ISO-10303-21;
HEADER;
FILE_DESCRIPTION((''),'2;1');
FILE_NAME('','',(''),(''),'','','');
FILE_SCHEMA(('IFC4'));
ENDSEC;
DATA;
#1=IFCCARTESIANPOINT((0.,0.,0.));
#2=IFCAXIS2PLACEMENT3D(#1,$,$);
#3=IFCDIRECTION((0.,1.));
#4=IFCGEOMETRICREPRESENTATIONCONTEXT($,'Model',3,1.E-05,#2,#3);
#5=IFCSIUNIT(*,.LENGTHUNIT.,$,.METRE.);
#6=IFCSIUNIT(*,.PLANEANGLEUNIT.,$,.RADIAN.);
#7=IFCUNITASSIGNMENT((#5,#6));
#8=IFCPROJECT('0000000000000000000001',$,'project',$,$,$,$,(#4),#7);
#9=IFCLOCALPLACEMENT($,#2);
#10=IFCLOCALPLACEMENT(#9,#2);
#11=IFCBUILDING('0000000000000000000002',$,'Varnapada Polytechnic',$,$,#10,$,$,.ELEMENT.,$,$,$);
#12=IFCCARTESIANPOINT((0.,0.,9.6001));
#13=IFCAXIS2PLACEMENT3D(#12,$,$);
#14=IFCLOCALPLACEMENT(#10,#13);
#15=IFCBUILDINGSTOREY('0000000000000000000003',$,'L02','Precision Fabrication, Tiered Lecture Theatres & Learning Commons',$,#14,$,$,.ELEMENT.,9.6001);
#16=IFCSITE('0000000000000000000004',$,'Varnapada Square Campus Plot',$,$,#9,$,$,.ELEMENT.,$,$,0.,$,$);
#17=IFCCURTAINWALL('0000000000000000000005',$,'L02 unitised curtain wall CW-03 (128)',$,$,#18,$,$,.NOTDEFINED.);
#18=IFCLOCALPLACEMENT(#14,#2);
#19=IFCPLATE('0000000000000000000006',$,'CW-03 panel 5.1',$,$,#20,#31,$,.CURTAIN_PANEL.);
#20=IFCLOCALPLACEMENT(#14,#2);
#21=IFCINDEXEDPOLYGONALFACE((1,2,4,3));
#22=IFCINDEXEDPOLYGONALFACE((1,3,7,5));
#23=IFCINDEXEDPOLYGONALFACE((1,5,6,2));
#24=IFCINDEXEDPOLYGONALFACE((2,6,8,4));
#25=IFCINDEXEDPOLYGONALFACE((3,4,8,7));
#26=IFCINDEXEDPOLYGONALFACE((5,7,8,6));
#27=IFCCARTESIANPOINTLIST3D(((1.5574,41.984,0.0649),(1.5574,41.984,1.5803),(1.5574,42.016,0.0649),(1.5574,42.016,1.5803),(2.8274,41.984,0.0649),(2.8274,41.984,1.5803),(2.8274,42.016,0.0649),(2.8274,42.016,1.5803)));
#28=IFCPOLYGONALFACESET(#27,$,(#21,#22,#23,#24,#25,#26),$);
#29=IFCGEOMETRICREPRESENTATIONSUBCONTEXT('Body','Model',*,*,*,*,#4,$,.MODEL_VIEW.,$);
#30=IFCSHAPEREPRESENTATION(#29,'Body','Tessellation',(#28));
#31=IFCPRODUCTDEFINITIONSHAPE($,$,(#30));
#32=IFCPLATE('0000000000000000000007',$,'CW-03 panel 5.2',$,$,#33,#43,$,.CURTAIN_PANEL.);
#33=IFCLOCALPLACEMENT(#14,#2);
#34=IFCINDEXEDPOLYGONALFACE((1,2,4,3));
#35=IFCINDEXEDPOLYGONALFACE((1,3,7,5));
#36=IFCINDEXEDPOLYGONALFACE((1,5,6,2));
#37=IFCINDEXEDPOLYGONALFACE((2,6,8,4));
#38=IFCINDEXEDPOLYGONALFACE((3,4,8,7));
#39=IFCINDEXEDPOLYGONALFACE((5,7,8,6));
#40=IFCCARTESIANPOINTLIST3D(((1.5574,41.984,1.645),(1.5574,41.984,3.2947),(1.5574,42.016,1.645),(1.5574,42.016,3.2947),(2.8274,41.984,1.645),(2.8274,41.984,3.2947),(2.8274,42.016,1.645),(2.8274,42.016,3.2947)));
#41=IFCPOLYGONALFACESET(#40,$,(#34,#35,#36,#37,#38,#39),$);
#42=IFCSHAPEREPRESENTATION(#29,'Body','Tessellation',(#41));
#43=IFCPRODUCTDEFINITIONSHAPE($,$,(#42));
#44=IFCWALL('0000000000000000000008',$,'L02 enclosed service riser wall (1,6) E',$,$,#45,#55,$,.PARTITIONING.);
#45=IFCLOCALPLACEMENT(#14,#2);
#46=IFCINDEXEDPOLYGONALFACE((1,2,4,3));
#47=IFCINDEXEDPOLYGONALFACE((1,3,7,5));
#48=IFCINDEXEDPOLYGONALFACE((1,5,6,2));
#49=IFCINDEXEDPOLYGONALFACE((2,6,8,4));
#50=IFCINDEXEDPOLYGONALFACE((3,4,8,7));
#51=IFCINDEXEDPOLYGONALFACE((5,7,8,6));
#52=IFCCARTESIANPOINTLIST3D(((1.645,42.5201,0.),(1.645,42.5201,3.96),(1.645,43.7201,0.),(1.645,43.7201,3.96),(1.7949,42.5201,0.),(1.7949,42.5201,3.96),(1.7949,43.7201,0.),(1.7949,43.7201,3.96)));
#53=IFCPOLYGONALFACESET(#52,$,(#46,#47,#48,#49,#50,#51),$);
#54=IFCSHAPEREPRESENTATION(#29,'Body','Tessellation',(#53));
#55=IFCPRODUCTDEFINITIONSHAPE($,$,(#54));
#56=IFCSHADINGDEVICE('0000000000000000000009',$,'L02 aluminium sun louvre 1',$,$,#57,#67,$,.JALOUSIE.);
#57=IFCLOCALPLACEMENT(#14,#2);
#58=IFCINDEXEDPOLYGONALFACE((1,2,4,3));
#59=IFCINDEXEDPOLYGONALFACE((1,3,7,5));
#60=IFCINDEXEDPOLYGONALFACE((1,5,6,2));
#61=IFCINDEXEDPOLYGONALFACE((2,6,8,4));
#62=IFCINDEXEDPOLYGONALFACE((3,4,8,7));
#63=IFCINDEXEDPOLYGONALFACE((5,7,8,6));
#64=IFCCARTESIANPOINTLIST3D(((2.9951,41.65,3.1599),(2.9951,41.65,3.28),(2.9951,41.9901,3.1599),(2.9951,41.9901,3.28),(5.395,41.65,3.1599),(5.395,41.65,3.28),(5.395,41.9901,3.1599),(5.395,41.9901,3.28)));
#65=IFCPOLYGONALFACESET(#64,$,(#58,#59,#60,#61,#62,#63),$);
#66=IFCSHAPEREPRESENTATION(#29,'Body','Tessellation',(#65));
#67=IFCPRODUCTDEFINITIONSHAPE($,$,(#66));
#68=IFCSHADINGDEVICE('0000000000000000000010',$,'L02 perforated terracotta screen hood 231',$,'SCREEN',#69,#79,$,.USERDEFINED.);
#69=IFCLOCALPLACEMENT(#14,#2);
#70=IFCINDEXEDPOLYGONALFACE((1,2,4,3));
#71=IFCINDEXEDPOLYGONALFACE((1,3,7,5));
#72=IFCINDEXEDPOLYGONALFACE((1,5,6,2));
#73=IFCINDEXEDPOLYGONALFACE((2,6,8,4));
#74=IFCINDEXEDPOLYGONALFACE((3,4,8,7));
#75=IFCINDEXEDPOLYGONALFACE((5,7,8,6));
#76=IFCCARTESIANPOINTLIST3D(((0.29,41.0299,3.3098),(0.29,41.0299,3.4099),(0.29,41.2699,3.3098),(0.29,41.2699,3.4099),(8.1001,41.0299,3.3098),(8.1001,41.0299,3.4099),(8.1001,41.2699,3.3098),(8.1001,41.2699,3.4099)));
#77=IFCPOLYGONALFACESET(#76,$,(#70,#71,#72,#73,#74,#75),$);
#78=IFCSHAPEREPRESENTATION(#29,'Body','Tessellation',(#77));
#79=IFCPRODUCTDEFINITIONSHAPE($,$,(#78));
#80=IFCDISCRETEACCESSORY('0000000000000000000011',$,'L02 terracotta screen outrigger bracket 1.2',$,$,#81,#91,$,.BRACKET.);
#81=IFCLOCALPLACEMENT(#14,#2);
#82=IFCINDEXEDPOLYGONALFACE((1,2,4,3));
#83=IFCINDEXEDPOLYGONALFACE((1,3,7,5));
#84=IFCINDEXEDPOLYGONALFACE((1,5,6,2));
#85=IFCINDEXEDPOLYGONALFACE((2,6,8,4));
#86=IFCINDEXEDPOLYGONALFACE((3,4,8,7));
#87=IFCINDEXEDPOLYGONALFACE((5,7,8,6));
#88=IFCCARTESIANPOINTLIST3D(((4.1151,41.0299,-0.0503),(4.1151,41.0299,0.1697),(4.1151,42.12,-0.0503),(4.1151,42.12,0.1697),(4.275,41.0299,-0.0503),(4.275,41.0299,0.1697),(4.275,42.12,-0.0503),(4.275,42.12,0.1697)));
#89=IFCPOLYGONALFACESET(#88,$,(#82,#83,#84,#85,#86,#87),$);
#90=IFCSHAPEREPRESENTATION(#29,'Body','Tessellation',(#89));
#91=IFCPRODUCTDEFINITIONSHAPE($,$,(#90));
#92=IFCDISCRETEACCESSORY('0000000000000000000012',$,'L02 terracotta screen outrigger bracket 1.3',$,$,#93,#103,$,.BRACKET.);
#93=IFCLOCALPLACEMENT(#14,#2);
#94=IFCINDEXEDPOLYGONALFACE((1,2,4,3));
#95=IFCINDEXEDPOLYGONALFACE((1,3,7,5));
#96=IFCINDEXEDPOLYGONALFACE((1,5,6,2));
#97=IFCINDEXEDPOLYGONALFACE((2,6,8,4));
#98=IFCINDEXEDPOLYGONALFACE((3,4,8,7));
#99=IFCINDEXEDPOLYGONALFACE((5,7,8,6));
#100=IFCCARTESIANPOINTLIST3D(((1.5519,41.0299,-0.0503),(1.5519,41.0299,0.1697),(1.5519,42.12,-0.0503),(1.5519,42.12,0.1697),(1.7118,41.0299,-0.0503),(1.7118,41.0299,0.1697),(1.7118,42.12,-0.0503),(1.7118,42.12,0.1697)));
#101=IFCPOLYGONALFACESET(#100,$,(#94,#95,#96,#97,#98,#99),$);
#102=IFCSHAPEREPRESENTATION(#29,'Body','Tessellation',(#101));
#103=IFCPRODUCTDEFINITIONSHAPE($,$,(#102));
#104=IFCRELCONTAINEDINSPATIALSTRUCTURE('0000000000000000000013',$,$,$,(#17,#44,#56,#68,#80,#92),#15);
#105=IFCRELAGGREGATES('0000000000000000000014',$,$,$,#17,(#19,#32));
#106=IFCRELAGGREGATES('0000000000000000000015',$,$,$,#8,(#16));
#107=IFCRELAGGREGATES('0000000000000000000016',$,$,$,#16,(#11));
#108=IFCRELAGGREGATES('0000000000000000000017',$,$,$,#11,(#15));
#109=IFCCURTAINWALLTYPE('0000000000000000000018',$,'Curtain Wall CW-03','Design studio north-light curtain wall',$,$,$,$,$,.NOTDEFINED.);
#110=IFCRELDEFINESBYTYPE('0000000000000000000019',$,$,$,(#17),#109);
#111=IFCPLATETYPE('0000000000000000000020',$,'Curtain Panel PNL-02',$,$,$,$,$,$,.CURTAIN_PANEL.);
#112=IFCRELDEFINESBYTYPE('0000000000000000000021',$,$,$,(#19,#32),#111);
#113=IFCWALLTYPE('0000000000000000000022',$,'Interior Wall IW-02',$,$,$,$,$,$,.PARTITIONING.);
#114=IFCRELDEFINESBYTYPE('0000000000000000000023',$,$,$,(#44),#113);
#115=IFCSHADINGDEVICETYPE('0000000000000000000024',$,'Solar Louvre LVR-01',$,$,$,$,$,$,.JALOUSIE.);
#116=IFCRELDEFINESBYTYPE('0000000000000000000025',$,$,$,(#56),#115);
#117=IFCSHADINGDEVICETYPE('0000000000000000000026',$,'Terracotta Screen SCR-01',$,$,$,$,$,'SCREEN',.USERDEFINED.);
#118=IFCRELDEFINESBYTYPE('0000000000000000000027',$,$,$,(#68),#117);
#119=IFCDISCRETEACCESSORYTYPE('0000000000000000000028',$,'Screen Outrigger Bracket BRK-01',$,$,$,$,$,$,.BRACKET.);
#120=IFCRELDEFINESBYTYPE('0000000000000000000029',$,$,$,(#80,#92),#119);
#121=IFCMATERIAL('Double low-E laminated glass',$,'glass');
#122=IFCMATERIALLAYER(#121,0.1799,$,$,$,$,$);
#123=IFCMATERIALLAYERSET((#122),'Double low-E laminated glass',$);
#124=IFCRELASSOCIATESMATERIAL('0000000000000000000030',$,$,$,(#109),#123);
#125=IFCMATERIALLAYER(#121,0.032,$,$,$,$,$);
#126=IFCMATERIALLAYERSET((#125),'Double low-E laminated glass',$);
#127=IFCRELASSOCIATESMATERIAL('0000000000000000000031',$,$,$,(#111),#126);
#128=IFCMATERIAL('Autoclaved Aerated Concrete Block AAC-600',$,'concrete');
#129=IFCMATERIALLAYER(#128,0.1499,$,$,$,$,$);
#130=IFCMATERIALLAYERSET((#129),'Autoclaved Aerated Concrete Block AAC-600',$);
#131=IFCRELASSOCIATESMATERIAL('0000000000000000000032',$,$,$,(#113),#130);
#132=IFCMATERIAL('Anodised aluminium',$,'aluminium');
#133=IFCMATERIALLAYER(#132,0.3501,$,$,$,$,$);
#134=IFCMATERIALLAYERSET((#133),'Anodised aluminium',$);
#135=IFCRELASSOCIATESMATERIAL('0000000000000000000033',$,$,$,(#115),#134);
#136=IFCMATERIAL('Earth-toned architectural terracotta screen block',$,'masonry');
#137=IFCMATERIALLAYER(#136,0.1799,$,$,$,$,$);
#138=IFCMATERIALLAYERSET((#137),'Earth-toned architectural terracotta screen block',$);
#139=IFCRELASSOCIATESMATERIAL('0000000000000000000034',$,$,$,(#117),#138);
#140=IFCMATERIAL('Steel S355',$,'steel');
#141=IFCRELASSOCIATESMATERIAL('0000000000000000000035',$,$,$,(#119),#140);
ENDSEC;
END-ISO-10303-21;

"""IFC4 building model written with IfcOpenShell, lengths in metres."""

from ifc_helpers import new_model, si_unit, direction, frame, frame_2d, origin, origin_2d, place, context, subcontext, project, spatial, rectangle, extrude, material, layer, layer_set, type_object, element, aggregate, save


model = new_model("IFC4")

# Units and contexts
model_context = context("Model", 3, precision=1e-05, world=origin(), true_north=direction((0.0, 1.0)))
body_context = subcontext(model_context, "Body", "Model", "MODEL_VIEW")
ifc_project = project(units=[si_unit("LENGTHUNIT", "METRE"), si_unit("PLANEANGLEUNIT", "RADIAN")], contexts=[model_context])

# Site, building, storey
site_placement = place(None, origin())
site = spatial("IfcSite", under=ifc_project, at=site_placement, Name="Varnapada Square Campus Plot", CompositionType="ELEMENT", RefElevation=0.0)
building_placement = place(site_placement, origin())
building = spatial("IfcBuilding", under=site, at=building_placement, Name="Varnapada Polytechnic", CompositionType="ELEMENT")
storey_placement = place(building_placement, frame((0.0, 0.0, 9.6001)))
storey = spatial("IfcBuildingStorey", under=building, at=storey_placement, Name="L02", Description="Precision Fabrication, Tiered Lecture Theatres & Learning Commons", CompositionType="ELEMENT", Elevation=9.6001)

# Curtain wall, plates
ifc_material_1 = material(Name="Double low-E laminated glass", Category="glass")
ifc_layer_1 = layer(ifc_material_1, 0.1799)
ifc_layer_set_1 = layer_set([ifc_layer_1], Name="Double low-E laminated glass")
curtain_wall_type = type_object("IfcCurtainWallType", Name="Curtain Wall CW-03", Description="Design studio north-light curtain wall", PredefinedType="NOTDEFINED", material=ifc_layer_set_1)
curtain_wall_placement = place(storey_placement, origin())
curtain_wall = element("IfcCurtainWall", 1, at=curtain_wall_placement, inside=storey, type_object=curtain_wall_type, Name="L02 unitised curtain wall CW-03 (128)", PredefinedType="NOTDEFINED")
ifc_material_2 = material(Name="Anodised aluminium", Category="aluminium")
ifc_layer_2 = layer(ifc_material_1, 0.032)
ifc_layer_set_2 = layer_set([ifc_layer_2], Name="Double low-E laminated glass")
plate_type = type_object("IfcPlateType", Name="Curtain Panel PNL-02", PredefinedType="CURTAIN_PANEL", material=ifc_layer_set_2)
plate_1_placement = place(storey_placement, frame((2.1924, 42.0, 0.0649), z_axis=(0.0, 0.0, 1.0), x_axis=(-1.0, 0.0, 0.0)))
plate_1 = element("IfcPlate", 2, at=plate_1_placement, type_object=plate_type, Name="CW-03 panel 5.1", PredefinedType="CURTAIN_PANEL", context=body_context, shape_type="SweptSolid", body=[
    extrude(rectangle(XDim=1.27, YDim=0.032, at=origin_2d()), origin(), (0.0, 0.0, 1.0), 1.5154),
])
plate_2_placement = place(storey_placement, frame((2.1924, 42.0, 1.645), z_axis=(0.0, 0.0, 1.0), x_axis=(-1.0, 0.0, 0.0)))
plate_2 = element("IfcPlate", 3, at=plate_2_placement, type_object=plate_type, Name="CW-03 panel 5.2", PredefinedType="CURTAIN_PANEL", context=body_context, shape_type="SweptSolid", body=[
    extrude(rectangle(XDim=1.27, YDim=0.032, at=origin_2d()), origin(), (0.0, 0.0, 1.0), 1.6497),
])
aggregate(curtain_wall, [plate_1, plate_2])

# Wall
ifc_material_3 = material(Name="Autoclaved Aerated Concrete Block AAC-600", Category="concrete")
ifc_layer_3 = layer(ifc_material_3, 0.1499)
ifc_layer_set_3 = layer_set([ifc_layer_3], Name="Autoclaved Aerated Concrete Block AAC-600")
wall_type = type_object("IfcWallType", Name="Interior Wall IW-02", PredefinedType="PARTITIONING", material=ifc_layer_set_3)
wall_placement = place(storey_placement, frame((1.72, 42.52, 0.0), z_axis=(0.0, 0.0, 1.0), x_axis=(0.0, 1.0, 0.0)))
element("IfcWall", 4, at=wall_placement, inside=storey, type_object=wall_type, Name="L02 enclosed service riser wall (1,6) E", PredefinedType="PARTITIONING", context=body_context, shape_type="SweptSolid", body=[
    extrude(rectangle(XDim=1.2, YDim=0.1499, at=frame_2d((0.6001, 0.0))), origin(), (0.0, 0.0, 1.0), 3.96),
])

# Shading devices
ifc_layer_4 = layer(ifc_material_2, 0.3501)
ifc_layer_set_4 = layer_set([ifc_layer_4], Name="Anodised aluminium")
shading_device_type_1 = type_object("IfcShadingDeviceType", Name="Solar Louvre LVR-01", PredefinedType="JALOUSIE", material=ifc_layer_set_4)
shading_device_1_placement = place(storey_placement, frame((4.1951, 41.8201, 3.1599), z_axis=(0.0, 0.0, 1.0), x_axis=(-1.0, 0.0, 0.0)))
element("IfcShadingDevice", 5, at=shading_device_1_placement, inside=storey, type_object=shading_device_type_1, Name="L02 aluminium sun louvre 1", PredefinedType="JALOUSIE", context=body_context, shape_type="SweptSolid", body=[
    extrude(rectangle(XDim=2.3999, YDim=0.3401, at=origin_2d()), origin(), (0.0, 0.0, 1.0), 0.1201),
])
ifc_material_4 = material(Name="Earth-toned architectural terracotta screen block", Category="masonry")
ifc_layer_5 = layer(ifc_material_4, 0.1799)
ifc_layer_set_5 = layer_set([ifc_layer_5], Name="Earth-toned architectural terracotta screen block")
shading_device_type_2 = type_object("IfcShadingDeviceType", Name="Terracotta Screen SCR-01", ElementType="SCREEN", PredefinedType="USERDEFINED", material=ifc_layer_set_5)
shading_device_2_placement = place(storey_placement, frame((4.1951, 41.1499, 3.3098), z_axis=(0.0, 0.0, 1.0), x_axis=(-1.0, 0.0, 0.0)))
element("IfcShadingDevice", 6, at=shading_device_2_placement, inside=storey, type_object=shading_device_type_2, Name="L02 perforated terracotta screen hood 231", ObjectType="SCREEN", PredefinedType="USERDEFINED", context=body_context, shape_type="SweptSolid", body=[
    extrude(rectangle(XDim=7.8101, YDim=0.24, at=origin_2d()), origin(), (0.0, 0.0, 1.0), 0.1001),
])

# Discrete accessories
ifc_material_5 = material(Name="Steel S355", Category="steel")
discrete_accessory_type = type_object("IfcDiscreteAccessoryType", Name="Screen Outrigger Bracket BRK-01", PredefinedType="BRACKET", material=ifc_material_5)
for number, where, z_axis, x_axis, name in (
    (7, (4.1951, 41.575, -0.0503), (0.0, 0.0, 1.0), (-1.0, 0.0, 0.0), "L02 terracotta screen outrigger bracket 1.2"),
    (8, (1.6318, 41.575, -0.0503), (0.0, 0.0, 1.0), (-1.0, 0.0, 0.0), "L02 terracotta screen outrigger bracket 1.3"),
):
    element("IfcDiscreteAccessory", number, at=place(storey_placement, frame(where, z_axis=z_axis, x_axis=x_axis)), inside=storey, type_object=discrete_accessory_type, Name=name, PredefinedType="BRACKET", context=body_context, shape_type="SweptSolid", body=[
        extrude(rectangle(XDim=0.1599, YDim=1.0901, at=origin_2d()), origin(), (0.0, 0.0, 1.0), 0.22),
    ])

save(model, "model.ifc")
